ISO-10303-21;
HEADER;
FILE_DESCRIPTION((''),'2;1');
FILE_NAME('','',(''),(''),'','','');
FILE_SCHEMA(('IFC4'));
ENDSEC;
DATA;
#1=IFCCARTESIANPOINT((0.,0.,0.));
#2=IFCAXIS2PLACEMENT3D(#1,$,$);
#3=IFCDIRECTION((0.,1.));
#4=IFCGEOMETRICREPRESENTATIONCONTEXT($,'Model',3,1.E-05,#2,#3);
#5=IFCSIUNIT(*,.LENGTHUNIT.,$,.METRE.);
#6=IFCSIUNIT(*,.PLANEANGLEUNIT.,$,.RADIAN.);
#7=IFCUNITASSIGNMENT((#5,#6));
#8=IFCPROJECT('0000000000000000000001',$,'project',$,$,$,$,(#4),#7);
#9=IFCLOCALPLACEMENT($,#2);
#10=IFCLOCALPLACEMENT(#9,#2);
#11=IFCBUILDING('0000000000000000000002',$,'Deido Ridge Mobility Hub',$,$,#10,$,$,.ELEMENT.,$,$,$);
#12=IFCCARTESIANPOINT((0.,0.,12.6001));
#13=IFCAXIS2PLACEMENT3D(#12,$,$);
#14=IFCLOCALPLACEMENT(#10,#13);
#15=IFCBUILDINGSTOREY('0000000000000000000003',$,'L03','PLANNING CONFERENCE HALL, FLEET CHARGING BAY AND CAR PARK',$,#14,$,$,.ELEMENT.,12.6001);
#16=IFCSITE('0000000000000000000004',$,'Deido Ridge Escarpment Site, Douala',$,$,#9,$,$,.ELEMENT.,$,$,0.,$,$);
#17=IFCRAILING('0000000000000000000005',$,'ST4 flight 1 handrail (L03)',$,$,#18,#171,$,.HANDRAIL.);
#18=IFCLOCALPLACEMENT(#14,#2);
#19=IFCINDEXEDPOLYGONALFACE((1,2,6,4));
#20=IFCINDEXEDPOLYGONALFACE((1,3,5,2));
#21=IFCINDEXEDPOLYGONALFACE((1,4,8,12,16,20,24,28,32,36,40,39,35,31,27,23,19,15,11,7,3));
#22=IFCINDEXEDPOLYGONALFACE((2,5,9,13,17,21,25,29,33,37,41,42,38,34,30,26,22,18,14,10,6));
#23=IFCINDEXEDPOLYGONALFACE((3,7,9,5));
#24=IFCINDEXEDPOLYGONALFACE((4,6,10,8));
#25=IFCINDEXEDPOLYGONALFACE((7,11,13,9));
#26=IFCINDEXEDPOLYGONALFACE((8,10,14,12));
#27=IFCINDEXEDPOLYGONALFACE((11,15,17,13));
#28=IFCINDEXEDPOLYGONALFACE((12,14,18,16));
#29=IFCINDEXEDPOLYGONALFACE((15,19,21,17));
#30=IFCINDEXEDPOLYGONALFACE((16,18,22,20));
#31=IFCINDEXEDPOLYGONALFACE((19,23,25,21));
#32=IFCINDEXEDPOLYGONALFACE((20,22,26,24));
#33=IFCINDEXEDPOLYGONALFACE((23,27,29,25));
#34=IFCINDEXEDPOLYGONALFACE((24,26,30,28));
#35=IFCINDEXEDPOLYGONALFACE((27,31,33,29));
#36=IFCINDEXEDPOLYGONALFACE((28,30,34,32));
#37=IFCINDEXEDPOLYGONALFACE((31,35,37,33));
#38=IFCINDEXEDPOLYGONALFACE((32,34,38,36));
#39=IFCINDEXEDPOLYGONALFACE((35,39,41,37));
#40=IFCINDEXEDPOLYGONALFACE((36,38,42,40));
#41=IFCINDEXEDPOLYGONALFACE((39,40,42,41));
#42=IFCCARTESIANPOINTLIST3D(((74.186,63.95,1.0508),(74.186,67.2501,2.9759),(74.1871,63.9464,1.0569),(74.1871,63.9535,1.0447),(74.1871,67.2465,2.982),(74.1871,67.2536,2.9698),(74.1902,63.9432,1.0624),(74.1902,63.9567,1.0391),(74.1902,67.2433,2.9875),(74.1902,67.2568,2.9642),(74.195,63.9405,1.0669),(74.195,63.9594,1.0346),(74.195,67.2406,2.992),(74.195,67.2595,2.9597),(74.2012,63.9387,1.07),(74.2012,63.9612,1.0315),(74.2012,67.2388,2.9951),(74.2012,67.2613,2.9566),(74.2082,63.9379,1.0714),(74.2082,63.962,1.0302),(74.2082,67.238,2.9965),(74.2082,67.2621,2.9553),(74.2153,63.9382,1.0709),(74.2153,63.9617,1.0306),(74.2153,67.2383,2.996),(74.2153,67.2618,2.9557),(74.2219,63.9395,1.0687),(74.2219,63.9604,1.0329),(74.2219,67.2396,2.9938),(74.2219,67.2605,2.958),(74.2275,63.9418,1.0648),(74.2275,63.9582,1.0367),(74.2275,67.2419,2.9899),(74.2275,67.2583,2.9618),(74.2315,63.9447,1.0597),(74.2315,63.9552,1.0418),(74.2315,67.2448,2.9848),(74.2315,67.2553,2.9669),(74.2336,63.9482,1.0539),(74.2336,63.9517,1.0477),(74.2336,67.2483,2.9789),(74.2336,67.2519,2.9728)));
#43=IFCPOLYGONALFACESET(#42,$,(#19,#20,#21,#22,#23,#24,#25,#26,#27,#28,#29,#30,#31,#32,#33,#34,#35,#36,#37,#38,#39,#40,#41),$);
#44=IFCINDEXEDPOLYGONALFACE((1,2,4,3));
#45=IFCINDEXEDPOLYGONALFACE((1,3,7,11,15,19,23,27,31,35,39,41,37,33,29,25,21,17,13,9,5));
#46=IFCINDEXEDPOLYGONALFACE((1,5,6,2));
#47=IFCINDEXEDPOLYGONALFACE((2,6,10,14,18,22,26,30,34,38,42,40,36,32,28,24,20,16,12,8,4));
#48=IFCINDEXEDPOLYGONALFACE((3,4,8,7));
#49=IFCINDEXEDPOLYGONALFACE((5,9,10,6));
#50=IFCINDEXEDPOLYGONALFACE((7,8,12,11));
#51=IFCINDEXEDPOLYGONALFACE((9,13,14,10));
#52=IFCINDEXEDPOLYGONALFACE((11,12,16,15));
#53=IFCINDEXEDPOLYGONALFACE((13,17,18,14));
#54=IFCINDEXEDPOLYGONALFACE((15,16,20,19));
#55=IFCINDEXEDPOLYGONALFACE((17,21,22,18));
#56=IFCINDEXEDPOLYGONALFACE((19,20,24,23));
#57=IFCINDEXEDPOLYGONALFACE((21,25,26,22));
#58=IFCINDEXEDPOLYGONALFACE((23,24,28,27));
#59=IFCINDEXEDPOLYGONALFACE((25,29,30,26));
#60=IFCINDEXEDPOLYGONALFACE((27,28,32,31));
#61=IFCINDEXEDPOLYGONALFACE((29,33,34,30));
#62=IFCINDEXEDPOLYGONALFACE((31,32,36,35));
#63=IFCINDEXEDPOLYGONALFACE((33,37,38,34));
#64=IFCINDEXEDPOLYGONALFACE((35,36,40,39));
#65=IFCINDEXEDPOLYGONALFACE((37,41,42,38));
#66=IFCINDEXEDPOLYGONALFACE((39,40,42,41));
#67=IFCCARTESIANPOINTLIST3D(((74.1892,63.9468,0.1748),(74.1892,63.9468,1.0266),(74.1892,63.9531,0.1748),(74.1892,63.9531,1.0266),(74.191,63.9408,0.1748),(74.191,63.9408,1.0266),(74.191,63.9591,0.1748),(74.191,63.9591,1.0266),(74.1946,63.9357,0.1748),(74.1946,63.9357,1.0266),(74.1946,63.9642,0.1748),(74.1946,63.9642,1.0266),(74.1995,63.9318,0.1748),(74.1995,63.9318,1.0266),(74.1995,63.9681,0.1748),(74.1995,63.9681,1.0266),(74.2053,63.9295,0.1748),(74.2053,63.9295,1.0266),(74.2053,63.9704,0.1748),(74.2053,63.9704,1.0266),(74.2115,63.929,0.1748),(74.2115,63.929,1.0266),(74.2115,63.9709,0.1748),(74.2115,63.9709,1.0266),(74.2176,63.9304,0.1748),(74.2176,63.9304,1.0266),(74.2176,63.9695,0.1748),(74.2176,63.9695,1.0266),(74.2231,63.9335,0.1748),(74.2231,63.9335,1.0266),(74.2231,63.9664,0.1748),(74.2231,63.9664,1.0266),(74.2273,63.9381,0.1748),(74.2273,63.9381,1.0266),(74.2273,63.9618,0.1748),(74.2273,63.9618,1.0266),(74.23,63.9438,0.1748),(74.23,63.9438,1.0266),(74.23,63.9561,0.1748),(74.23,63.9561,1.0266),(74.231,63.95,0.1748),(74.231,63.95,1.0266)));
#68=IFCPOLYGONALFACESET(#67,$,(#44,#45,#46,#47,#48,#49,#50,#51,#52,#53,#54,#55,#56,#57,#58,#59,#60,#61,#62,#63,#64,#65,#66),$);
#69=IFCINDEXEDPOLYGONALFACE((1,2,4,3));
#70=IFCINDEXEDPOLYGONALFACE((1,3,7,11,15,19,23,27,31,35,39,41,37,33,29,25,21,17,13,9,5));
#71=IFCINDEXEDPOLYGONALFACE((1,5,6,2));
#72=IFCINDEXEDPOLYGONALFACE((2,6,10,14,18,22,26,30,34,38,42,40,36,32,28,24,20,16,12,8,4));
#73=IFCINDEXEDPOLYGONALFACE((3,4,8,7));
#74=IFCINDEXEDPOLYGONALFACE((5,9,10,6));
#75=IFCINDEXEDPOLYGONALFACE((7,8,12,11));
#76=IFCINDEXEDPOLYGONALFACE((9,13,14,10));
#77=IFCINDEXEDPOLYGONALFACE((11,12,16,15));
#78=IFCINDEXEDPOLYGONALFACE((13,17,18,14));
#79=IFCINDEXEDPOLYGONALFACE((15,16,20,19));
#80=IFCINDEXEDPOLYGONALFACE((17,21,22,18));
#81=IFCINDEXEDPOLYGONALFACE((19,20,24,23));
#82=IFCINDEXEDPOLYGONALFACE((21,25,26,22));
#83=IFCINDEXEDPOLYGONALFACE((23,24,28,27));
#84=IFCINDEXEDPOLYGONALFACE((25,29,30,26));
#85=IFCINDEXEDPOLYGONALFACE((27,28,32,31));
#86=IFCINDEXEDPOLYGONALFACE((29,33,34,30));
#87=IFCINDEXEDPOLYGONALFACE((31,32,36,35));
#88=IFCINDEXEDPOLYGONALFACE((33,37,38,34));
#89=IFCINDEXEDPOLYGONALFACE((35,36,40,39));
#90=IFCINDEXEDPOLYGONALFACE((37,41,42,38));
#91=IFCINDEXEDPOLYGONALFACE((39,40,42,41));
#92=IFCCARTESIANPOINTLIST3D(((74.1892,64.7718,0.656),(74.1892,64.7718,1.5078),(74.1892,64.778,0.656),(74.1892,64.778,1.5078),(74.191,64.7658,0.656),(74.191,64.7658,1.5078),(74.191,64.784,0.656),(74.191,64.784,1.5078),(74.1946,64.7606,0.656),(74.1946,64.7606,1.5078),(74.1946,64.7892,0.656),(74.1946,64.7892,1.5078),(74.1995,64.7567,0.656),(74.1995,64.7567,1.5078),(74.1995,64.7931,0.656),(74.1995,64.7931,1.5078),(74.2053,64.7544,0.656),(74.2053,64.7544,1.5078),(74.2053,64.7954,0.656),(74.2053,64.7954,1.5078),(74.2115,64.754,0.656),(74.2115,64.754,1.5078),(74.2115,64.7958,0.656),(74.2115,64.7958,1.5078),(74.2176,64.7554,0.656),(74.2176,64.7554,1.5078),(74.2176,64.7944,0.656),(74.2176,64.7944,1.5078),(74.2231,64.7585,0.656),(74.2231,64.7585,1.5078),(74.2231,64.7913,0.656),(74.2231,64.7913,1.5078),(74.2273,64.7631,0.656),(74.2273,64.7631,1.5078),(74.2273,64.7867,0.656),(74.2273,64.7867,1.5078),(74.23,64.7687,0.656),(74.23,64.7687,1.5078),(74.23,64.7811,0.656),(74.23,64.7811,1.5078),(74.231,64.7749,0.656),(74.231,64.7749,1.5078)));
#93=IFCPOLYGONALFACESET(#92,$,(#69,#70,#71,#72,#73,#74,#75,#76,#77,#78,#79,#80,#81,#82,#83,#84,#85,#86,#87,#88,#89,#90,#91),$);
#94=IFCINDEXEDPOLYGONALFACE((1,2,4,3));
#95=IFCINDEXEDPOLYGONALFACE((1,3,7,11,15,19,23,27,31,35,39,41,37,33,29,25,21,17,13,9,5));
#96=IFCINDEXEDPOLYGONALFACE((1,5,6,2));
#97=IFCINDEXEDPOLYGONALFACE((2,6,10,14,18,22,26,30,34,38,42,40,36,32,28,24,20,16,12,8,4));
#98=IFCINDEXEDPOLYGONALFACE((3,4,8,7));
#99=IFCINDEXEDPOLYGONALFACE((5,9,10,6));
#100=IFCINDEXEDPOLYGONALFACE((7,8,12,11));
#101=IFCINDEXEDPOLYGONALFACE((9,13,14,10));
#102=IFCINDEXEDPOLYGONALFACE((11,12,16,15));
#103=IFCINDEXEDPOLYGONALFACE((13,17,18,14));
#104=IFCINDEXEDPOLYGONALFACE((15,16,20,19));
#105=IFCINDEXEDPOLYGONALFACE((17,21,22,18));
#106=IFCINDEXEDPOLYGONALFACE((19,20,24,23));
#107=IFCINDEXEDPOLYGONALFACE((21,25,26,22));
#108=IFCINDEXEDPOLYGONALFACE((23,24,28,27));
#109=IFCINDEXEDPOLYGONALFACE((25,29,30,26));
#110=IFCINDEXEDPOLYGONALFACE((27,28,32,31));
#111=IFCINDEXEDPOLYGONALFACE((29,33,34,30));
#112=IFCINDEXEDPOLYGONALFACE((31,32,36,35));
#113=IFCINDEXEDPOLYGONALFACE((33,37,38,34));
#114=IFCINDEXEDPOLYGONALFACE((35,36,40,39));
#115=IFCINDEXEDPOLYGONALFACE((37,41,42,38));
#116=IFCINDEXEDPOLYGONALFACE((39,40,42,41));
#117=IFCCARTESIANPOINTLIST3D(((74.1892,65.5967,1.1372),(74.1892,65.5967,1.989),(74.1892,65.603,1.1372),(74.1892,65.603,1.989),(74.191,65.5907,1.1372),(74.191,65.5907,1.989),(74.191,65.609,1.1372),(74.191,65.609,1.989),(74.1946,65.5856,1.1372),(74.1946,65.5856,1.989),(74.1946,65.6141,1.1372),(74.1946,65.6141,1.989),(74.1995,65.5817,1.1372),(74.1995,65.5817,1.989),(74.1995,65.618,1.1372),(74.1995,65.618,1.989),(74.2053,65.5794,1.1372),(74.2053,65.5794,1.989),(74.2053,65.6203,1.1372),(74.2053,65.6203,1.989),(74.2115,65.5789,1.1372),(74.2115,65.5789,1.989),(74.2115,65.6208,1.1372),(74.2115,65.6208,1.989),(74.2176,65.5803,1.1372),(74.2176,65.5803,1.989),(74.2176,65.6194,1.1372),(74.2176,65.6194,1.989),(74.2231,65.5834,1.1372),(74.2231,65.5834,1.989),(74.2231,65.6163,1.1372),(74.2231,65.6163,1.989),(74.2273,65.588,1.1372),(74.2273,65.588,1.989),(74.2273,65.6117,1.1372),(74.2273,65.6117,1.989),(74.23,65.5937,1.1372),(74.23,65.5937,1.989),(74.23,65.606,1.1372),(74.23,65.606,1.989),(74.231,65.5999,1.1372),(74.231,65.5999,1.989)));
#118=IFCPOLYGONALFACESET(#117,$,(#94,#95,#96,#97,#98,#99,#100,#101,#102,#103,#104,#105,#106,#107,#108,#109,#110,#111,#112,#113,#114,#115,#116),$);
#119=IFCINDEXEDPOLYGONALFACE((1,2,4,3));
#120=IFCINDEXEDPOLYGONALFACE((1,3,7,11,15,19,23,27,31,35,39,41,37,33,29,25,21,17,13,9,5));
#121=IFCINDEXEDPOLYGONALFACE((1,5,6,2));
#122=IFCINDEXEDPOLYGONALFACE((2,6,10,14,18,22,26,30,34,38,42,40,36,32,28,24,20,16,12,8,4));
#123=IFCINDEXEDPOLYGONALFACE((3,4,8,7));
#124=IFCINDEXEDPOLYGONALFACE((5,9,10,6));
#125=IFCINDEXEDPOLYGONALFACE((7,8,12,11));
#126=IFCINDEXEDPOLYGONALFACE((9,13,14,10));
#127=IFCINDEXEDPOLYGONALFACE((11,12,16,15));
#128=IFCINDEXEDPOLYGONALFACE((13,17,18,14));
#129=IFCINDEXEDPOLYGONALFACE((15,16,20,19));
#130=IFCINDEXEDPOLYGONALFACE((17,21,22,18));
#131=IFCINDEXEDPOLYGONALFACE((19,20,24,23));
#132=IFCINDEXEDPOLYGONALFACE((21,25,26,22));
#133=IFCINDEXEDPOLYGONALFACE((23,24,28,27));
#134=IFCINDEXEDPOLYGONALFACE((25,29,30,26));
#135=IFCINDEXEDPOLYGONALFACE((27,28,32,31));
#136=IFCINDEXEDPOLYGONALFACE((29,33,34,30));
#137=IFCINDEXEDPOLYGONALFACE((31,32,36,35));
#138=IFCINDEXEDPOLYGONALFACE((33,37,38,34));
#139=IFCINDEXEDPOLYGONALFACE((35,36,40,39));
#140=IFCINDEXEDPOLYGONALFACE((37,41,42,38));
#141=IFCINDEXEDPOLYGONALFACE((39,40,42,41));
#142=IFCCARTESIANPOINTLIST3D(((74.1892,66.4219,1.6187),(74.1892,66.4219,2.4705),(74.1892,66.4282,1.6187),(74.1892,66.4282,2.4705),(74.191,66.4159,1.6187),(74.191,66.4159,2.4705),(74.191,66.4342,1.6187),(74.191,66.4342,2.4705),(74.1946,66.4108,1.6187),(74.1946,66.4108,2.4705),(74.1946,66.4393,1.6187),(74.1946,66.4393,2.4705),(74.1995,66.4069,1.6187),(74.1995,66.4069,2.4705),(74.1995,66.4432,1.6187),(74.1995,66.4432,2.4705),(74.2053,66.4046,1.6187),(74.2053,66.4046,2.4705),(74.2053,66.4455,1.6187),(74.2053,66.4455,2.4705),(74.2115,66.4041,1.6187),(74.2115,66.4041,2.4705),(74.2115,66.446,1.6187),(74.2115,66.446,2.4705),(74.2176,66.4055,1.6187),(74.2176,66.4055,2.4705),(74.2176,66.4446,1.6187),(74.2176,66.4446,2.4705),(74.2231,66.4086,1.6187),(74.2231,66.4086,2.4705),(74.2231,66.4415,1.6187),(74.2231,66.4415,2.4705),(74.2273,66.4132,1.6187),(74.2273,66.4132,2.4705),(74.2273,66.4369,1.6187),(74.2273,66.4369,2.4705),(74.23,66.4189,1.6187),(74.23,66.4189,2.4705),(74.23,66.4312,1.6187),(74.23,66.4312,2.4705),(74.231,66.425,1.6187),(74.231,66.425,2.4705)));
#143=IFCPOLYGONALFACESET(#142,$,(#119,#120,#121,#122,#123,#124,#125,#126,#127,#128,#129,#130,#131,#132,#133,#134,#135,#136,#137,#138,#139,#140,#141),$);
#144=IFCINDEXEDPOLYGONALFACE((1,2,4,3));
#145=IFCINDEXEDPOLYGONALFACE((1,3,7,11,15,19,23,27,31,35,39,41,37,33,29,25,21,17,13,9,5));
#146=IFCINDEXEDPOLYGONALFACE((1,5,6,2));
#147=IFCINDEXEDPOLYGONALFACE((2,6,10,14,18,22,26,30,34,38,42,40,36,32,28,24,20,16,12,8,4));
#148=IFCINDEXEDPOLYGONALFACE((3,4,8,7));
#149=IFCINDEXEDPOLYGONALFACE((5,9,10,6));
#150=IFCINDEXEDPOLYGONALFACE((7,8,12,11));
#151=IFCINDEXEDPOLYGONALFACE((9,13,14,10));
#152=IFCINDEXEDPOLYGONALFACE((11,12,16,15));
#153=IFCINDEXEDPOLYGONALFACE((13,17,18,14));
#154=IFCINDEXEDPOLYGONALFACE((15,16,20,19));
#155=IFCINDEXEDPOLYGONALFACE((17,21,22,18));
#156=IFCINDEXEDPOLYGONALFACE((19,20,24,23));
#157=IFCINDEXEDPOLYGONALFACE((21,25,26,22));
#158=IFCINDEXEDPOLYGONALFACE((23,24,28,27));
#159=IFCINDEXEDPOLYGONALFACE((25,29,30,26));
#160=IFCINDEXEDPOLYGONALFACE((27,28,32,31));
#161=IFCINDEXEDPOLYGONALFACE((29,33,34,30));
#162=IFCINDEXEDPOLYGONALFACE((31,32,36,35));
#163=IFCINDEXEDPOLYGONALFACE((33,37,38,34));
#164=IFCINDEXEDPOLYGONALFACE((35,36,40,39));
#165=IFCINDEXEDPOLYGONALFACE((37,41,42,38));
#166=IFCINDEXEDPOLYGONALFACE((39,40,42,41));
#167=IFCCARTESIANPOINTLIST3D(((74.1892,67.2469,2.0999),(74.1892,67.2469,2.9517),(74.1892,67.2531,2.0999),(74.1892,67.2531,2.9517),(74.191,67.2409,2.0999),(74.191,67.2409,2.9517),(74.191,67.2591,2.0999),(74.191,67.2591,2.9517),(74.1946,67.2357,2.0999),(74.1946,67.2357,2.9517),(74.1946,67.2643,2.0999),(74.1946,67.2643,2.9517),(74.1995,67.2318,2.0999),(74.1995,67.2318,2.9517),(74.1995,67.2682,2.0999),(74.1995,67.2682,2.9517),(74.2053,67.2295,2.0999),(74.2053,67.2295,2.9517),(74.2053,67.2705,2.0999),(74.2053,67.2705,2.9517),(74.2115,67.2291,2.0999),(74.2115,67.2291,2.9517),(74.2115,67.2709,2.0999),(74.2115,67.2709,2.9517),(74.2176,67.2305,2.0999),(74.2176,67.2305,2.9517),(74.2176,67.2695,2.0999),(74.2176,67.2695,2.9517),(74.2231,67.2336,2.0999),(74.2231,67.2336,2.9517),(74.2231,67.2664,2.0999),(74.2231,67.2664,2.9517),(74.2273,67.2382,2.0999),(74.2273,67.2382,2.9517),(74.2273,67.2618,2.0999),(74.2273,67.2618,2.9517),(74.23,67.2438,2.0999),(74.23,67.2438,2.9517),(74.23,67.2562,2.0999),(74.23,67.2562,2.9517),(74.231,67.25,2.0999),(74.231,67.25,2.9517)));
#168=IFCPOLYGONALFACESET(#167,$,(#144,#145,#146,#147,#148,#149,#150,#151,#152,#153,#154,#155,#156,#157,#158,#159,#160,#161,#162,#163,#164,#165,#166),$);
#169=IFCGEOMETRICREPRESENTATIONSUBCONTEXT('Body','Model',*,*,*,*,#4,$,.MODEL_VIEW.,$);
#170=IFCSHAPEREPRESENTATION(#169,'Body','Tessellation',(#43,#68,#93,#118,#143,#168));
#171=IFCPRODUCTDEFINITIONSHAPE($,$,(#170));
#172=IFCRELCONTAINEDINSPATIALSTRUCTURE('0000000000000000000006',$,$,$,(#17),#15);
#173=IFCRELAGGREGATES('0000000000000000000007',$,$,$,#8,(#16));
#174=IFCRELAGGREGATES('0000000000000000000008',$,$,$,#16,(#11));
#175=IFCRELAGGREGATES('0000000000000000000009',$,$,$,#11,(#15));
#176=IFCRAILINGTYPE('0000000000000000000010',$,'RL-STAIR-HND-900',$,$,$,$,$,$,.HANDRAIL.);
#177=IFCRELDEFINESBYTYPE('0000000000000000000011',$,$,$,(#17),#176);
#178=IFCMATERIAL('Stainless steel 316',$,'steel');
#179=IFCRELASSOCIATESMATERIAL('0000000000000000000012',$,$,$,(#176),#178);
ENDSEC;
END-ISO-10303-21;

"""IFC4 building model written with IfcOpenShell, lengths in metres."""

from ifc_helpers import new_model, si_unit, direction, frame, origin, origin_2d, place, context, subcontext, project, spatial, circle, extrude, material, type_object, element, save


model = new_model("IFC4")

# Units and contexts
model_context = context("Model", 3, precision=1e-05, world=origin(), true_north=direction((0.0, 1.0)))
body_context = subcontext(model_context, "Body", "Model", "MODEL_VIEW")
ifc_project = project(units=[si_unit("LENGTHUNIT", "METRE"), si_unit("PLANEANGLEUNIT", "RADIAN")], contexts=[model_context])

# Site, building, storey
site_placement = place(None, origin())
site = spatial("IfcSite", under=ifc_project, at=site_placement, Name="Deido Ridge Escarpment Site, Douala", CompositionType="ELEMENT", RefElevation=0.0)
building_placement = place(site_placement, origin())
building = spatial("IfcBuilding", under=site, at=building_placement, Name="Deido Ridge Mobility Hub", CompositionType="ELEMENT")
storey_placement = place(building_placement, frame((0.0, 0.0, 12.6001)))
storey = spatial("IfcBuildingStorey", under=building, at=storey_placement, Name="L03", Description="PLANNING CONFERENCE HALL, FLEET CHARGING BAY AND CAR PARK", CompositionType="ELEMENT", Elevation=12.6001)

# Shared definitions
ifc_material_1 = material(Name="Stainless steel 316", Category="steel")

# Railing
railing_type_1 = type_object("IfcRailingType", Name="RL-STAIR-HND-900", PredefinedType="HANDRAIL", material=ifc_material_1)
railing_1_placement = place(storey_placement, frame((74.21, 63.95, 0.1748)))
element("IfcRailing", 1, at=railing_1_placement, inside=storey, type_object=railing_type_1, Name="ST4 flight 1 handrail (L03)", PredefinedType="HANDRAIL", context=body_context, shape_type="SweptSolid", body=[
    extrude(circle(Radius=0.0239, at=origin_2d()), frame((0.0, 0.0, 0.876), z_axis=(0.0, 0.863777, 0.503875), x_axis=(-1.0, 0.0, 0.0)), (0.0, 0.0, 1.0), 3.8206),
    extrude(circle(Radius=0.021, at=origin_2d()), origin(), (0.0, 0.0, 1.0), 0.8518),
    extrude(circle(Radius=0.021, at=origin_2d()), frame((0.0, 0.825, 0.4812)), (0.0, 0.0, 1.0), 0.8518),
    extrude(circle(Radius=0.021, at=origin_2d()), frame((0.0, 1.6499, 0.9624)), (0.0, 0.0, 1.0), 0.8518),
    extrude(circle(Radius=0.021, at=origin_2d()), frame((0.0, 2.4751, 1.4438)), (0.0, 0.0, 1.0), 0.8518),
    extrude(circle(Radius=0.021, at=origin_2d()), frame((0.0, 3.3, 1.925)), (0.0, 0.0, 1.0), 0.8518),
])

save(model, "model.ifc")
